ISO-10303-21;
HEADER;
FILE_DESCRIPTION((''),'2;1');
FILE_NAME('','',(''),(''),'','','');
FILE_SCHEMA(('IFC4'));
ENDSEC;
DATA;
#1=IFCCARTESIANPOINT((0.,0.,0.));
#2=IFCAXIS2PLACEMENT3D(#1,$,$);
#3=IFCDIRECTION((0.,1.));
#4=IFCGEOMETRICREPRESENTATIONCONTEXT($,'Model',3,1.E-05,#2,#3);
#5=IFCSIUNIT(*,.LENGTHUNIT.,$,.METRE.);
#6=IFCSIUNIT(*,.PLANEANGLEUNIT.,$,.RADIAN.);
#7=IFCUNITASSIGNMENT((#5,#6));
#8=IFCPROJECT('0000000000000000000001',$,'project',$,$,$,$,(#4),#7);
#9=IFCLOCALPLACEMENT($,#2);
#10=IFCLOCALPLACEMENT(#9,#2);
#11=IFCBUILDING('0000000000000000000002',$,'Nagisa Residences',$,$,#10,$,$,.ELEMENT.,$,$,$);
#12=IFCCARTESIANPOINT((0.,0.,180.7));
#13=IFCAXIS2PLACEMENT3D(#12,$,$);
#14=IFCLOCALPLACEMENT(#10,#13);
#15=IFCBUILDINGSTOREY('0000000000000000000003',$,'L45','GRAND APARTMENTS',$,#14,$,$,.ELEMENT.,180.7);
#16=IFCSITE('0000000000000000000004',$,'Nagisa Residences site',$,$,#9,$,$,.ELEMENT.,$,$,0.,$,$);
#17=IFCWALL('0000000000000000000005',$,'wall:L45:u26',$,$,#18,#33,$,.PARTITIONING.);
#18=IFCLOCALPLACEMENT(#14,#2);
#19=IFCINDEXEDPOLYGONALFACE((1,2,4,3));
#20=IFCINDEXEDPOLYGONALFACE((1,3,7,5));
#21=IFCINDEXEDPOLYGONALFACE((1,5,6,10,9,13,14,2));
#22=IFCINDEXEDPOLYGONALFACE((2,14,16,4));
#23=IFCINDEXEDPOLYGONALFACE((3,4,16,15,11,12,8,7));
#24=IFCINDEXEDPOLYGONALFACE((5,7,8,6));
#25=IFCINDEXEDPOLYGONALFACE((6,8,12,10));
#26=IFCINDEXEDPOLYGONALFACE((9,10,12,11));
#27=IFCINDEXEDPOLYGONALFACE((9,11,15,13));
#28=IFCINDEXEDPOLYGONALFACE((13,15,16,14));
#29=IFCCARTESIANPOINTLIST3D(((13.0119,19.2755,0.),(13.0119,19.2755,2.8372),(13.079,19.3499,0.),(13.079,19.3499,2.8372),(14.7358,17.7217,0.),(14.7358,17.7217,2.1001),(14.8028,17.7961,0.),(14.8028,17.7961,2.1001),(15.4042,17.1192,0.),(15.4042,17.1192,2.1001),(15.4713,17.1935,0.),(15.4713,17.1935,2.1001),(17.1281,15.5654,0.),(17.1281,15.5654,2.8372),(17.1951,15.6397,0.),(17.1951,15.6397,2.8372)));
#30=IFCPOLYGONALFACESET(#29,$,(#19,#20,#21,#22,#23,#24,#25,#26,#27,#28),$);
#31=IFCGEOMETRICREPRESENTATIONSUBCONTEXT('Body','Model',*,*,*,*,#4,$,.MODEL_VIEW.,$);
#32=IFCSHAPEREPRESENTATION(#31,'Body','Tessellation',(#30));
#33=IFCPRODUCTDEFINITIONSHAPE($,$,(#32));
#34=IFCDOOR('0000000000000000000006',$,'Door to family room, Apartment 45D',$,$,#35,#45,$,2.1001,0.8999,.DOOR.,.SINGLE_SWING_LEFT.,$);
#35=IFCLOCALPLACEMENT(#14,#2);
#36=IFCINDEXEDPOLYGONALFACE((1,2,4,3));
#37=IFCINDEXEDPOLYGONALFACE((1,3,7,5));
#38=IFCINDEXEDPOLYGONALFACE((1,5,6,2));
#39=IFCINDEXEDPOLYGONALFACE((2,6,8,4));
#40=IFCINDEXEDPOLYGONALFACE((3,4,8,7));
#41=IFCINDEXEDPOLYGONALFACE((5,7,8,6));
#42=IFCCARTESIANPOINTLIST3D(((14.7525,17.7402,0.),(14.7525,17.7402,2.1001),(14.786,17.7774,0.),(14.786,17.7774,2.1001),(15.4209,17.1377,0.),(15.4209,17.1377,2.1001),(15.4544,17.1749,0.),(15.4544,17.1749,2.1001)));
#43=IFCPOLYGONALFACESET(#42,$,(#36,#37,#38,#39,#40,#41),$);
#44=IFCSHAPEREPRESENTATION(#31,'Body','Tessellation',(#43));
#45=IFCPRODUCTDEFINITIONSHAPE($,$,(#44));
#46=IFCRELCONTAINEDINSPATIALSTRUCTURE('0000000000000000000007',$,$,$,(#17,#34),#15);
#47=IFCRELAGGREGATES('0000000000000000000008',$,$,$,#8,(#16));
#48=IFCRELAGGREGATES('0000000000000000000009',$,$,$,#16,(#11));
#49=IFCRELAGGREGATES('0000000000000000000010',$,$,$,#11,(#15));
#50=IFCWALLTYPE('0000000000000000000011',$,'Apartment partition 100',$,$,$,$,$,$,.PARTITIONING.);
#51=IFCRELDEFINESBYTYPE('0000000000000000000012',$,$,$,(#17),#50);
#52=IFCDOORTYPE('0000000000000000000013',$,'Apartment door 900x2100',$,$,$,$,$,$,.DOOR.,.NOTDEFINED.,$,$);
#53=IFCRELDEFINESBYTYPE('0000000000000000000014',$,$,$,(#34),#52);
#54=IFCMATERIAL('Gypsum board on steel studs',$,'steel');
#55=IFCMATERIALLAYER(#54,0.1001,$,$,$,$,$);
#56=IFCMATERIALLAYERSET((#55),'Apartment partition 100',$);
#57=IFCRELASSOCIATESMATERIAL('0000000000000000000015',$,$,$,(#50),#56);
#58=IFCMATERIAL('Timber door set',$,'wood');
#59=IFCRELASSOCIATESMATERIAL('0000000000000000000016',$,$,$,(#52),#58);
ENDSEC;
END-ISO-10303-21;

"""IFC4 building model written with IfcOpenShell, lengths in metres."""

from ifc_helpers import new_model, si_unit, direction, frame, frame_2d, origin, place, context, subcontext, project, spatial, rectangle, extrude, material, layer, layer_set, type_object, element, fill, save


model = new_model("IFC4")

# Units and contexts
model_context = context("Model", 3, precision=1e-05, world=origin(), true_north=direction((0.0, 1.0)))
body_context = subcontext(model_context, "Body", "Model", "MODEL_VIEW")
ifc_project = project(units=[si_unit("LENGTHUNIT", "METRE"), si_unit("PLANEANGLEUNIT", "RADIAN")], contexts=[model_context])

# Site, building, storey
site_placement = place(None, origin())
site = spatial("IfcSite", under=ifc_project, at=site_placement, Name="Nagisa Residences site", CompositionType="ELEMENT", RefElevation=0.0)
building_placement = place(site_placement, origin())
building = spatial("IfcBuilding", under=site, at=building_placement, Name="Nagisa Residences", CompositionType="ELEMENT")
storey_placement = place(building_placement, frame((0.0, 0.0, 180.7)))
storey = spatial("IfcBuildingStorey", under=building, at=storey_placement, Name="L45", Description="GRAND APARTMENTS", CompositionType="ELEMENT", Elevation=180.7)

# Wall, opening, door
ifc_material_1 = material(Name="Gypsum board on steel studs", Category="steel")
ifc_layer_1 = layer(ifc_material_1, 0.1001)
ifc_layer_set_1 = layer_set([ifc_layer_1], Name="Apartment partition 100")
wall_type = type_object("IfcWallType", Name="Apartment partition 100", PredefinedType="PARTITIONING", material=ifc_layer_set_1)
wall_placement = place(storey_placement, frame((17.1616, 15.6025, 0.0), z_axis=(0.0, 0.0, 1.0), x_axis=(-0.74279, 0.669524, 0.0)))
wall = element("IfcWall", 1, at=wall_placement, inside=storey, type_object=wall_type, Name="wall:L45:u26", PredefinedType="PARTITIONING", context=body_context, shape_type="SweptSolid", body=[
    extrude(rectangle(XDim=5.5415, YDim=0.1001, at=frame_2d((2.7708, 0.0))), origin(), (0.0, 0.0, 1.0), 2.8372),
])
opening_placement = place(wall_placement, frame((2.3208, 0.0, 0.0)))
opening = element("IfcOpeningElement", 2, at=opening_placement, cuts=wall, PredefinedType="OPENING", context=body_context, shape_type="SweptSolid", body=[
    extrude(rectangle(XDim=0.8999, YDim=2.1001, at=frame_2d((0.45, 1.05))), frame((0.0, 0.0601, 0.0), z_axis=(0.0, -1.0, 0.0), x_axis=(1.0, 0.0, 0.0)), (0.0, 0.0, 1.0), 0.1201),
])
ifc_material_2 = material(Name="Timber door set", Category="wood")
door_type = type_object("IfcDoorType", Name="Apartment door 900x2100", OperationType="NOTDEFINED", PredefinedType="DOOR", material=ifc_material_2)
door_placement = place(opening_placement, frame((0.8999, 0.0, 0.0), x_axis=(-1.0, 0.0, 0.0)))
door = element("IfcDoor", 3, at=door_placement, inside=storey, type_object=door_type, Name="Door to family room, Apartment 45D", OperationType="SINGLE_SWING_LEFT", OverallHeight=2.1001, OverallWidth=0.8999, PredefinedType="DOOR", context=body_context, shape_type="SweptSolid", body=[
    extrude(rectangle(XDim=0.8999, YDim=2.1001, at=frame_2d((0.45, 1.05))), frame((0.0, 0.0249, 0.0), z_axis=(0.0, -1.0, 0.0), x_axis=(1.0, 0.0, 0.0)), (0.0, 0.0, 1.0), 0.05),
])
fill(opening, door)

save(model, "model.ifc")
